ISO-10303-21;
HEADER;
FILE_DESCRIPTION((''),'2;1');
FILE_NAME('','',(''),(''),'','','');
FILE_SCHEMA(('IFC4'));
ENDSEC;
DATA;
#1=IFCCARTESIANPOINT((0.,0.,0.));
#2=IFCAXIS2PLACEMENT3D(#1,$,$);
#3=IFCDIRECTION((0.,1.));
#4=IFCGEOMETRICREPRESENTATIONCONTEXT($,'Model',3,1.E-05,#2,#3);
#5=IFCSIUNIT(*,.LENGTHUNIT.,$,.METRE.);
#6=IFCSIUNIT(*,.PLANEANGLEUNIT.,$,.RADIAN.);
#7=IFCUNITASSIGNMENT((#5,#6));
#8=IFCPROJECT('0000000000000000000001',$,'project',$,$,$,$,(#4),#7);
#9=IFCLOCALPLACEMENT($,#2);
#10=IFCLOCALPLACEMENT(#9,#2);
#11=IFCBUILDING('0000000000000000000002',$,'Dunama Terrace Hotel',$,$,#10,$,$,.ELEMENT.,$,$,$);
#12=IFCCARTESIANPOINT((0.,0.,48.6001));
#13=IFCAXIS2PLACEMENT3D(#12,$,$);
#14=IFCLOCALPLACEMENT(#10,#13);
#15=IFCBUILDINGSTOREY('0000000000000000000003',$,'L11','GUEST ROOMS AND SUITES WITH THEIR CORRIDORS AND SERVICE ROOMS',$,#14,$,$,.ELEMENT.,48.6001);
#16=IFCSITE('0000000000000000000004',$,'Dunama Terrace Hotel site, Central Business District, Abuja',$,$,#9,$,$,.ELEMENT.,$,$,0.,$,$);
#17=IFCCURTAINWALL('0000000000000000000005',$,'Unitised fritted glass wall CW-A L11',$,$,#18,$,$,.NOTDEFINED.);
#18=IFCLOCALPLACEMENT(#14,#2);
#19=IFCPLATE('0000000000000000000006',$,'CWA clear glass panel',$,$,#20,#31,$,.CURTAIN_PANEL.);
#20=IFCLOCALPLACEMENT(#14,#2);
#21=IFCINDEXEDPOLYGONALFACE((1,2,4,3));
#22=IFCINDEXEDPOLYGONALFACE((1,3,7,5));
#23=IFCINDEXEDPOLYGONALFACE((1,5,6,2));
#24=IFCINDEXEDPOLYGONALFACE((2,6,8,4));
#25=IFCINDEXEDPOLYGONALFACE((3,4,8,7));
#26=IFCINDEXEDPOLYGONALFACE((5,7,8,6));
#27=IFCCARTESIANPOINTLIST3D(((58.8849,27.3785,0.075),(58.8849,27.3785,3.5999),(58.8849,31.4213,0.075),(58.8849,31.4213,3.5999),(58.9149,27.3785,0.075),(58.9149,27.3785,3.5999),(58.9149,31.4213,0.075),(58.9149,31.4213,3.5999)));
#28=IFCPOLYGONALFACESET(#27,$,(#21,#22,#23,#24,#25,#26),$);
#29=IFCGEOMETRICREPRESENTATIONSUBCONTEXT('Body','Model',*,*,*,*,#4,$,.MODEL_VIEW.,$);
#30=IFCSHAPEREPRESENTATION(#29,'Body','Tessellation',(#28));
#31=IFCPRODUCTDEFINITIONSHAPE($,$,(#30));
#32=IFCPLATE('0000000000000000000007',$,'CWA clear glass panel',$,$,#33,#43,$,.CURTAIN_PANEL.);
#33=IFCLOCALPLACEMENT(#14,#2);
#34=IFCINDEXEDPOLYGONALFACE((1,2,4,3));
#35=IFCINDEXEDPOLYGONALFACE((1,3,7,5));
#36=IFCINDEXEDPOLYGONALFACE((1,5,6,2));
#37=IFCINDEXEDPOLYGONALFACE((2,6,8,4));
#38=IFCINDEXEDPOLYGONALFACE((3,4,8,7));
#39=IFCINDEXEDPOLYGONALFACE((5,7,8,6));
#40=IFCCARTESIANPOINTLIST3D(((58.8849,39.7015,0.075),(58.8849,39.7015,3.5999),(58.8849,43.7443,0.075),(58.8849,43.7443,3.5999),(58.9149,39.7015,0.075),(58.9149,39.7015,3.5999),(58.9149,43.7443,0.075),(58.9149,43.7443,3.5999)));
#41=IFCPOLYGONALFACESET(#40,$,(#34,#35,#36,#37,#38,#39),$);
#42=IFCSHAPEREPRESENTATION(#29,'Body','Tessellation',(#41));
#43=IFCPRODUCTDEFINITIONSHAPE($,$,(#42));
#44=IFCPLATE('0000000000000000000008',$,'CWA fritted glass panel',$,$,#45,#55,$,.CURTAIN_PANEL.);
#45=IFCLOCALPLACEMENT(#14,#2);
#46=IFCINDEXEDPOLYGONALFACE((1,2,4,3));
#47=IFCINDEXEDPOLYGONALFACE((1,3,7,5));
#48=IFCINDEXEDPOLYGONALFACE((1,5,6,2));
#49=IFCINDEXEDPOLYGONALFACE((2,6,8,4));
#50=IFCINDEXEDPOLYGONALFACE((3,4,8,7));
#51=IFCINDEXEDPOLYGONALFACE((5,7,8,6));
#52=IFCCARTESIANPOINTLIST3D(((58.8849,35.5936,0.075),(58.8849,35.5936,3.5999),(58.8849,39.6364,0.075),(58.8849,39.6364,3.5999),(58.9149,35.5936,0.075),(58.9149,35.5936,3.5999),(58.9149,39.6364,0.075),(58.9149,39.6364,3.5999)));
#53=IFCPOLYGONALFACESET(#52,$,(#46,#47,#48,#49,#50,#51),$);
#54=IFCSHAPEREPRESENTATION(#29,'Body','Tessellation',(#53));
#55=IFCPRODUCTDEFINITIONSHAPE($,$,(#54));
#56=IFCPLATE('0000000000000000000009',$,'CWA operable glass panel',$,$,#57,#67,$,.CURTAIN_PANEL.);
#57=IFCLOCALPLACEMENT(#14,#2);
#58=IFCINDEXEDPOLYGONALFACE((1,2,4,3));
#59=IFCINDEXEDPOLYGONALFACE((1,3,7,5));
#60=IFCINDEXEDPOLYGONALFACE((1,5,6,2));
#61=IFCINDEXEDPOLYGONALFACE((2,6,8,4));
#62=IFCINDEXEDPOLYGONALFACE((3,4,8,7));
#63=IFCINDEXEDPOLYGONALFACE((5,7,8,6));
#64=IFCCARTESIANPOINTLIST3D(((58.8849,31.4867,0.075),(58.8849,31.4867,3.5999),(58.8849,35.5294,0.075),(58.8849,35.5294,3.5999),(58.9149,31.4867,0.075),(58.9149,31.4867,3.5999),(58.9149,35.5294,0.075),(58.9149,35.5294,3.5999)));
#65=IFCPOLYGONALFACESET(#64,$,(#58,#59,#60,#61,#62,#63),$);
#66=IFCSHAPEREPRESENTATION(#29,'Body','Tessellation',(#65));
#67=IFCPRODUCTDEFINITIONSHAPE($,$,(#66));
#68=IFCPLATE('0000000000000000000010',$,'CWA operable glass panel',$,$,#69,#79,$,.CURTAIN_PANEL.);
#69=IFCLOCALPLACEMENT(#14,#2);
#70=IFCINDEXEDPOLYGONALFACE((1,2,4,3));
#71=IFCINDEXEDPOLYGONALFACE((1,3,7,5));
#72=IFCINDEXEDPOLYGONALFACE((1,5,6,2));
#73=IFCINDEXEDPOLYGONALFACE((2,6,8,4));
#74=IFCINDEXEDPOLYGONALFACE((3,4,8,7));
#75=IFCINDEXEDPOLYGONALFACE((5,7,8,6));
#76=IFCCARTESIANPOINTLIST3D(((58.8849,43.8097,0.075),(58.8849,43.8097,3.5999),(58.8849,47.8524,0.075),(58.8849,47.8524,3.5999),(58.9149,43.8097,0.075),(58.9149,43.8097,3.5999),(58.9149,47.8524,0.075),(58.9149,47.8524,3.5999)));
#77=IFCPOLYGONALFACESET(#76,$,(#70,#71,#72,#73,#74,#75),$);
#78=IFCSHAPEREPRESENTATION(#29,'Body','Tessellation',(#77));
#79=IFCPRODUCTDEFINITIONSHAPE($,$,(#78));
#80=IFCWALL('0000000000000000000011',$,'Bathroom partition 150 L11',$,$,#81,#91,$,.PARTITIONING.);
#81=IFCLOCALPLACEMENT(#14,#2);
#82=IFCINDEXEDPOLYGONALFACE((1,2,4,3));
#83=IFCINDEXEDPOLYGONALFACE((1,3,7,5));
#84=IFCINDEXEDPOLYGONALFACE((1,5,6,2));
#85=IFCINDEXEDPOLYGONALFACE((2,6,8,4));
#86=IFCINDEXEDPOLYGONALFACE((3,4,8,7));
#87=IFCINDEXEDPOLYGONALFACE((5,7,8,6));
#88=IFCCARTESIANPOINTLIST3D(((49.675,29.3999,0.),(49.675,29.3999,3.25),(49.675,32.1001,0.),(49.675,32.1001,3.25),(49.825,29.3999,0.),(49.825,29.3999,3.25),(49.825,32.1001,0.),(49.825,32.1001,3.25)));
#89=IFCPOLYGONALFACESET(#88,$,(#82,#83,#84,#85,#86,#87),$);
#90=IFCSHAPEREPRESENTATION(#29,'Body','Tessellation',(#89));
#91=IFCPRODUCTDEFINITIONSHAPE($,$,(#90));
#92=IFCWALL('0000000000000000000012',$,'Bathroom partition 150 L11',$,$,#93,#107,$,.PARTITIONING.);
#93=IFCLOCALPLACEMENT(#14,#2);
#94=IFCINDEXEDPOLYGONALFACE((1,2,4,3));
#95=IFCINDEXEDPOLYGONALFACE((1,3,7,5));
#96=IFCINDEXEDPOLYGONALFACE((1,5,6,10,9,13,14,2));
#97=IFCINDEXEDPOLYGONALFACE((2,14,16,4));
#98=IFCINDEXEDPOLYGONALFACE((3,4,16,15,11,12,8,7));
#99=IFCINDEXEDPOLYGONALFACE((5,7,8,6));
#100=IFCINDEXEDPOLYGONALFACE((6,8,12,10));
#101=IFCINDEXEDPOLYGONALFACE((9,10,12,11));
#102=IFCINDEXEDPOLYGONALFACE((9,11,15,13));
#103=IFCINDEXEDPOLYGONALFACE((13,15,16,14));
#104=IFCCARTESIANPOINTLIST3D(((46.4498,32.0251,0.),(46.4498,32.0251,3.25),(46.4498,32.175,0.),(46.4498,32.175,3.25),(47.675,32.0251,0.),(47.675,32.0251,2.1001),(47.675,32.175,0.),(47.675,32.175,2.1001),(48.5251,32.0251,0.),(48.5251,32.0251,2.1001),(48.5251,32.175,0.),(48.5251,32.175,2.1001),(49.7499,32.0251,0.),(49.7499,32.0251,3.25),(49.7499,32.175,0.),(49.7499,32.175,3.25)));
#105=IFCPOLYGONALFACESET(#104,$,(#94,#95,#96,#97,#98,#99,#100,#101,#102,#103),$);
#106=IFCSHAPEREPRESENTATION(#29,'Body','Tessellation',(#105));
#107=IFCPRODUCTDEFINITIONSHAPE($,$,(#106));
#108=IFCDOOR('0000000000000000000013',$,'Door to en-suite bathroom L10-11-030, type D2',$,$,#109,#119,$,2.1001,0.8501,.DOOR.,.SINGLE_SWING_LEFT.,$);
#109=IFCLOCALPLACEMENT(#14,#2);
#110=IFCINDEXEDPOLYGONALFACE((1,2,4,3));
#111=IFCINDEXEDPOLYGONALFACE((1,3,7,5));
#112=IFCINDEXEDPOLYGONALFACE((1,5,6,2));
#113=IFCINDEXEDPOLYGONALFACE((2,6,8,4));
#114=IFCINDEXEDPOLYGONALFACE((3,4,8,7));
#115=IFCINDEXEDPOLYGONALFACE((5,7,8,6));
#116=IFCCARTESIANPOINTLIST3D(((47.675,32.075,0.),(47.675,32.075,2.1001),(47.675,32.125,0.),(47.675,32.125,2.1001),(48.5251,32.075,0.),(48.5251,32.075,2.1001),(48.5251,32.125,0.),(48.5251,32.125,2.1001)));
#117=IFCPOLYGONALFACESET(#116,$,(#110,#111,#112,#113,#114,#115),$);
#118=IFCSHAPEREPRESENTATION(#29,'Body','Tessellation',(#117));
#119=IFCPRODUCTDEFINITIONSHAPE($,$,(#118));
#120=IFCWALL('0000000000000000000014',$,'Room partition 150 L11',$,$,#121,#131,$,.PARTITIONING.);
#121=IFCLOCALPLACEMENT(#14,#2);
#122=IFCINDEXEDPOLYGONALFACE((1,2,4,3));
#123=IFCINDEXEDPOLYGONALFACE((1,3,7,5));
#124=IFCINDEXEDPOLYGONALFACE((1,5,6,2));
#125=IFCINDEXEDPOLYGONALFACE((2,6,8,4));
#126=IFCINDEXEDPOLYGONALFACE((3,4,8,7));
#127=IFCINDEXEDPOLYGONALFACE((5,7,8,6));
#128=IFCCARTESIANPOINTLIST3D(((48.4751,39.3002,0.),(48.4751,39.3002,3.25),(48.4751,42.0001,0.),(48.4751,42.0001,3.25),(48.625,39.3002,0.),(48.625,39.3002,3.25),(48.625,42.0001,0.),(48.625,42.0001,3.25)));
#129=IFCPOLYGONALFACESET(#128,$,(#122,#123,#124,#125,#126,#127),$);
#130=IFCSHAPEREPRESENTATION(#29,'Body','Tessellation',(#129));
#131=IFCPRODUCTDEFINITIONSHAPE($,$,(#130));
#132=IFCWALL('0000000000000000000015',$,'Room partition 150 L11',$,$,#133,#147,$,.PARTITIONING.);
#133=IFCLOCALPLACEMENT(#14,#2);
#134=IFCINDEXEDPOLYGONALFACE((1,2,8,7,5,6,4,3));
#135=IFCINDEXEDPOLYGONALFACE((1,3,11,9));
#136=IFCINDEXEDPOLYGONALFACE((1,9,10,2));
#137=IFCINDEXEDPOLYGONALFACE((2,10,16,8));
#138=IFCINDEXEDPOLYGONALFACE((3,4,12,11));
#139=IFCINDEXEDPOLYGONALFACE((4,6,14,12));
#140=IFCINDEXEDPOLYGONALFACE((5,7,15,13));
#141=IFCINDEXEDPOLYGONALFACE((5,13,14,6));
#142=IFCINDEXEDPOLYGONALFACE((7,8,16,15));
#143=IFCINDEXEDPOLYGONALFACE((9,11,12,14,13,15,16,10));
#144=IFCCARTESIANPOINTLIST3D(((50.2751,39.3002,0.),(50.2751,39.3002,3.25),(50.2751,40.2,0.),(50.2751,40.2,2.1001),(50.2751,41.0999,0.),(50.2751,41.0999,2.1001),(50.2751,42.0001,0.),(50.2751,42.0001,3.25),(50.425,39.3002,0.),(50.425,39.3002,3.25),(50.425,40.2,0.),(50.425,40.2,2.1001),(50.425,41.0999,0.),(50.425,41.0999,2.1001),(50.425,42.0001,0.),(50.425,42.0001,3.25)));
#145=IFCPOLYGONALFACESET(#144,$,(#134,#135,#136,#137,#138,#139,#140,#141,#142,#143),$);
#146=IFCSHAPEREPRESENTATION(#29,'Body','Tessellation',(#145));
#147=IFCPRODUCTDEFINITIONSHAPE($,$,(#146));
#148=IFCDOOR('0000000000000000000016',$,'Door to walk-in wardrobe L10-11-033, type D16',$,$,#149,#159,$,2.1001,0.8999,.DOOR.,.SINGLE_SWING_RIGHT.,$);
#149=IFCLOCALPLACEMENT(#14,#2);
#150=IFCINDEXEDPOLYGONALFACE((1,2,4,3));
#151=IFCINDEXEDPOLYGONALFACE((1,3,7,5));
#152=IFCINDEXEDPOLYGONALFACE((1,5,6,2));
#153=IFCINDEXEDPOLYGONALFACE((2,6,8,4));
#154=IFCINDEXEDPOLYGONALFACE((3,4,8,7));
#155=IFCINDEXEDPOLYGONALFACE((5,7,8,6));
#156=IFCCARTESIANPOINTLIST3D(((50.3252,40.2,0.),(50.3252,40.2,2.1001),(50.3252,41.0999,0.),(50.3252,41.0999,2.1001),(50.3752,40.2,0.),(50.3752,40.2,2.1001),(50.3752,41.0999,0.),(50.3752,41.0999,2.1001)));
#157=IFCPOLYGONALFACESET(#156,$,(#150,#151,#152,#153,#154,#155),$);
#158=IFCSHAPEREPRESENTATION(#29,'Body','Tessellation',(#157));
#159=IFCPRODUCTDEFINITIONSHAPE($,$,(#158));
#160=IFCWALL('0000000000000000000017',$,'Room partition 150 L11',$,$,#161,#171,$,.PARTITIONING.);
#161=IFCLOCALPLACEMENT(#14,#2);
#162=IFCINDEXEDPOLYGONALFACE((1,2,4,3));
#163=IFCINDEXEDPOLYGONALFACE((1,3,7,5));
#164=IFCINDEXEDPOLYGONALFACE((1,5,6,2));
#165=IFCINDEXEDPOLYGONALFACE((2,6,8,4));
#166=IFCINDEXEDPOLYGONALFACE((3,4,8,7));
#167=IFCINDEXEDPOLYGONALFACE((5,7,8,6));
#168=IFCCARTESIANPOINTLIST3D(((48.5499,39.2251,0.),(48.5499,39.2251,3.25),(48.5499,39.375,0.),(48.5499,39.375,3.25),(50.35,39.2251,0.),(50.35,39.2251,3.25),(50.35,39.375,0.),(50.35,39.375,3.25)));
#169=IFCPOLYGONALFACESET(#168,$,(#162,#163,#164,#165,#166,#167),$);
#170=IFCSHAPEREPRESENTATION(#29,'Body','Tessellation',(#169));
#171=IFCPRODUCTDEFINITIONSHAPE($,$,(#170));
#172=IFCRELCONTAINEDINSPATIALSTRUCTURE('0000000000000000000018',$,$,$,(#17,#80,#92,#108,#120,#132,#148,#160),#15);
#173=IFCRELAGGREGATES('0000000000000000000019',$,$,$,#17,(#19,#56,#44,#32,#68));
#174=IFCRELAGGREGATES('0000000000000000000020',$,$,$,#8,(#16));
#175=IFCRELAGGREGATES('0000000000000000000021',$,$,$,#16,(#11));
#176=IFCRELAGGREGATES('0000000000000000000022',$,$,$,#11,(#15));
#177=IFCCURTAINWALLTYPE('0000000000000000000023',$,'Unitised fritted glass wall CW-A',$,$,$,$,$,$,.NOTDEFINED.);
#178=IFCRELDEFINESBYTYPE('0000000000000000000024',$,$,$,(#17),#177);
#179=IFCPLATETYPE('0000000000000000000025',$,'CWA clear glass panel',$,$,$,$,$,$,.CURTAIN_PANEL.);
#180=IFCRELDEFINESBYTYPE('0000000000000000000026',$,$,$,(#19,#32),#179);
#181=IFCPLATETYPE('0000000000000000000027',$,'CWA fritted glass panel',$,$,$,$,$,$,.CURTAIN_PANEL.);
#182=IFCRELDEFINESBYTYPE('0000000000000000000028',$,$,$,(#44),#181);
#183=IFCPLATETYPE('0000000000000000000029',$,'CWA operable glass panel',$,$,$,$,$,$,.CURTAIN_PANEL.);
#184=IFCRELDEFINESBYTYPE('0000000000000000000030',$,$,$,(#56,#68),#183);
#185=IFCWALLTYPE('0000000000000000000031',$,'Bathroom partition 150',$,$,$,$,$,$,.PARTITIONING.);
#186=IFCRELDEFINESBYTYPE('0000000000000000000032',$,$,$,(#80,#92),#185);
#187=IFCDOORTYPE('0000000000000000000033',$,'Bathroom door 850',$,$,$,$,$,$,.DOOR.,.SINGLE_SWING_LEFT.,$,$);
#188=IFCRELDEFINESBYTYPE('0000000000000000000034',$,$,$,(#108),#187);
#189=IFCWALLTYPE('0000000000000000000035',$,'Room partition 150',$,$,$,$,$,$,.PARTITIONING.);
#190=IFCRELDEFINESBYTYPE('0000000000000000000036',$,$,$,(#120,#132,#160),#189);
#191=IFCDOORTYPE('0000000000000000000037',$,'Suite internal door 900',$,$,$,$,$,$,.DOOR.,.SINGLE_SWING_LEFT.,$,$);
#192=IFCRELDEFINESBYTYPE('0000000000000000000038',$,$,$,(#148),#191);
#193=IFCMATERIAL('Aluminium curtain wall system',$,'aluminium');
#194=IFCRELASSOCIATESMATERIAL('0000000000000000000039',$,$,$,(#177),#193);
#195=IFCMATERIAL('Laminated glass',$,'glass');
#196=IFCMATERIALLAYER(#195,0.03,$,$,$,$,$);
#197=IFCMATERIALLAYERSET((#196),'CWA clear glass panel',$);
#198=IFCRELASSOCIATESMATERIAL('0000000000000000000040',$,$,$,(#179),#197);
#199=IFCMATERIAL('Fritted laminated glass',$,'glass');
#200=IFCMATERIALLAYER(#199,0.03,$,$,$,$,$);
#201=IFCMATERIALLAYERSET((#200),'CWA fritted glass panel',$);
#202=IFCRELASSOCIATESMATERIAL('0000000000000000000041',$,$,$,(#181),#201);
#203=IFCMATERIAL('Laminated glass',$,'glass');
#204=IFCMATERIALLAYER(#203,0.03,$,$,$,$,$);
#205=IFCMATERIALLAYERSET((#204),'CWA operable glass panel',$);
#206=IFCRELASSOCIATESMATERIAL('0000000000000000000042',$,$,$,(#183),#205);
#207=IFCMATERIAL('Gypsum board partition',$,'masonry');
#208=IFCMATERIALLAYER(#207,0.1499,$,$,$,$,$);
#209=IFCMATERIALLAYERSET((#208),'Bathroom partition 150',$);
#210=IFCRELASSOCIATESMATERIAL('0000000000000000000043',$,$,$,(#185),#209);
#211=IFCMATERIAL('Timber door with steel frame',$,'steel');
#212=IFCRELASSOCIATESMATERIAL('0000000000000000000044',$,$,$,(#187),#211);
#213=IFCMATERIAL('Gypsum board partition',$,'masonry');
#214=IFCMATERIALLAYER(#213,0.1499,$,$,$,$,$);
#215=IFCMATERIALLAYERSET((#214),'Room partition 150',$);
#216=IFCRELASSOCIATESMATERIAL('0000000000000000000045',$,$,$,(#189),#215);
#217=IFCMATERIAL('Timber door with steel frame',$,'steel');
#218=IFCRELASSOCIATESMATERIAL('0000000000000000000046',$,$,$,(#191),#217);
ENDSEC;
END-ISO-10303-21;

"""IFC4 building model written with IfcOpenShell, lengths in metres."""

from ifc_helpers import new_model, si_unit, direction, frame, frame_2d, origin, origin_2d, place, context, subcontext, project, spatial, rectangle, extrude, material, layer, layer_set, type_object, element, fill, aggregate, save


model = new_model("IFC4")

# Units and contexts
model_context = context("Model", 3, precision=1e-05, world=origin(), true_north=direction((0.0, 1.0)))
body_context = subcontext(model_context, "Body", "Model", "MODEL_VIEW")
ifc_project = project(units=[si_unit("LENGTHUNIT", "METRE"), si_unit("PLANEANGLEUNIT", "RADIAN")], contexts=[model_context])

# Site, building, storey
site_placement = place(None, origin())
site = spatial("IfcSite", under=ifc_project, at=site_placement, Name="Dunama Terrace Hotel site, Central Business District, Abuja", CompositionType="ELEMENT", RefElevation=0.0)
building_placement = place(site_placement, origin())
building = spatial("IfcBuilding", under=site, at=building_placement, Name="Dunama Terrace Hotel", CompositionType="ELEMENT")
storey_placement = place(building_placement, frame((0.0, 0.0, 48.6001)))
storey = spatial("IfcBuildingStorey", under=building, at=storey_placement, Name="L11", Description="GUEST ROOMS AND SUITES WITH THEIR CORRIDORS AND SERVICE ROOMS", CompositionType="ELEMENT", Elevation=48.6001)

# Curtain wall
ifc_material_1 = material(Name="Aluminium curtain wall system", Category="aluminium")
curtain_wall_type = type_object("IfcCurtainWallType", Name="Unitised fritted glass wall CW-A", PredefinedType="NOTDEFINED", material=ifc_material_1)
curtain_wall_placement = place(storey_placement, origin())
curtain_wall = element("IfcCurtainWall", 1, at=curtain_wall_placement, inside=storey, type_object=curtain_wall_type, Name="Unitised fritted glass wall CW-A L11", PredefinedType="NOTDEFINED")

# Plates
ifc_material_2 = material(Name="Laminated glass", Category="glass")
ifc_layer_1 = layer(ifc_material_2, 0.03)
ifc_layer_set_1 = layer_set([ifc_layer_1], Name="CWA clear glass panel")
plate_type_1 = type_object("IfcPlateType", Name="CWA clear glass panel", PredefinedType="CURTAIN_PANEL", material=ifc_layer_set_1)
plate_1_placement = place(storey_placement, frame((58.8999, 29.3999, 0.075), z_axis=(0.0, 0.0, 1.0), x_axis=(0.0, 1.0, 0.0)))
plate_1 = element("IfcPlate", 2, at=plate_1_placement, type_object=plate_type_1, Name="CWA clear glass panel", PredefinedType="CURTAIN_PANEL", context=body_context, shape_type="SweptSolid", body=[
    extrude(rectangle(XDim=4.0427, YDim=0.03, at=origin_2d()), origin(), (0.0, 0.0, 1.0), 3.5249),
])
plate_2_placement = place(storey_placement, frame((58.8999, 41.7229, 0.075), z_axis=(0.0, 0.0, 1.0), x_axis=(0.0, 1.0, 0.0)))
plate_2 = element("IfcPlate", 3, at=plate_2_placement, type_object=plate_type_1, Name="CWA clear glass panel", PredefinedType="CURTAIN_PANEL", context=body_context, shape_type="SweptSolid", body=[
    extrude(rectangle(XDim=4.0427, YDim=0.03, at=origin_2d()), origin(), (0.0, 0.0, 1.0), 3.5249),
])
ifc_material_3 = material(Name="Fritted laminated glass", Category="glass")
ifc_layer_2 = layer(ifc_material_3, 0.03)
ifc_layer_set_2 = layer_set([ifc_layer_2], Name="CWA fritted glass panel")
plate_type_2 = type_object("IfcPlateType", Name="CWA fritted glass panel", PredefinedType="CURTAIN_PANEL", material=ifc_layer_set_2)
plate_3_placement = place(storey_placement, frame((58.8999, 37.615, 0.075), z_axis=(0.0, 0.0, 1.0), x_axis=(0.0, 1.0, 0.0)))
plate_3 = element("IfcPlate", 4, at=plate_3_placement, type_object=plate_type_2, Name="CWA fritted glass panel", PredefinedType="CURTAIN_PANEL", context=body_context, shape_type="SweptSolid", body=[
    extrude(rectangle(XDim=4.0427, YDim=0.03, at=origin_2d()), origin(), (0.0, 0.0, 1.0), 3.5249),
])
ifc_material_4 = material(Name="Laminated glass", Category="glass")
ifc_layer_3 = layer(ifc_material_4, 0.03)
ifc_layer_set_3 = layer_set([ifc_layer_3], Name="CWA operable glass panel")
plate_type_3 = type_object("IfcPlateType", Name="CWA operable glass panel", PredefinedType="CURTAIN_PANEL", material=ifc_layer_set_3)
plate_4_placement = place(storey_placement, frame((58.8999, 33.5081, 0.075), z_axis=(0.0, 0.0, 1.0), x_axis=(0.0, 1.0, 0.0)))
plate_4 = element("IfcPlate", 5, at=plate_4_placement, type_object=plate_type_3, Name="CWA operable glass panel", PredefinedType="CURTAIN_PANEL", context=body_context, shape_type="SweptSolid", body=[
    extrude(rectangle(XDim=4.0427, YDim=0.03, at=origin_2d()), origin(), (0.0, 0.0, 1.0), 3.5249),
])
plate_5_placement = place(storey_placement, frame((58.8999, 45.8311, 0.075), z_axis=(0.0, 0.0, 1.0), x_axis=(0.0, 1.0, 0.0)))
plate_5 = element("IfcPlate", 6, at=plate_5_placement, type_object=plate_type_3, Name="CWA operable glass panel", PredefinedType="CURTAIN_PANEL", context=body_context, shape_type="SweptSolid", body=[
    extrude(rectangle(XDim=4.0427, YDim=0.03, at=origin_2d()), origin(), (0.0, 0.0, 1.0), 3.5249),
])
aggregate(curtain_wall, [plate_1, plate_4, plate_3, plate_2, plate_5])

# Wall
ifc_material_5 = material(Name="Gypsum board partition", Category="masonry")
ifc_layer_4 = layer(ifc_material_5, 0.1499)
ifc_layer_set_4 = layer_set([ifc_layer_4], Name="Bathroom partition 150")
wall_type_1 = type_object("IfcWallType", Name="Bathroom partition 150", PredefinedType="PARTITIONING", material=ifc_layer_set_4)
wall_1_placement = place(storey_placement, frame((49.75, 29.3999, 0.0), z_axis=(0.0, 0.0, 1.0), x_axis=(0.0, 1.0, 0.0)))
element("IfcWall", 7, at=wall_1_placement, inside=storey, type_object=wall_type_1, Name="Bathroom partition 150 L11", PredefinedType="PARTITIONING", context=body_context, shape_type="SweptSolid", body=[
    extrude(rectangle(XDim=2.7002, YDim=0.1499, at=frame_2d((1.3501, 0.0))), origin(), (0.0, 0.0, 1.0), 3.25),
])

# Wall, opening, door
wall_2_placement = place(storey_placement, frame((46.45, 32.1001, 0.0), z_axis=(0.0, 0.0, 1.0), x_axis=(1.0, 0.0, 0.0)))
wall_2 = element("IfcWall", 8, at=wall_2_placement, inside=storey, type_object=wall_type_1, Name="Bathroom partition 150 L11", PredefinedType="PARTITIONING", context=body_context, shape_type="SweptSolid", body=[
    extrude(rectangle(XDim=3.3, YDim=0.1499, at=frame_2d((1.6499, 0.0))), origin(), (0.0, 0.0, 1.0), 3.25),
])
opening_1_placement = place(wall_2_placement, frame((1.2251, 0.0, 0.0)))
opening_1 = element("IfcOpeningElement", 9, at=opening_1_placement, cuts=wall_2, PredefinedType="OPENING", context=body_context, shape_type="SweptSolid", body=[
    extrude(rectangle(XDim=0.8501, YDim=2.1001, at=frame_2d((0.425, 1.05))), frame((0.0, 0.085, 0.0), z_axis=(0.0, -1.0, 0.0), x_axis=(1.0, 0.0, 0.0)), (0.0, 0.0, 1.0), 0.1699),
])
ifc_material_6 = material(Name="Timber door with steel frame", Category="steel")
door_type_1 = type_object("IfcDoorType", Name="Bathroom door 850", OperationType="SINGLE_SWING_LEFT", PredefinedType="DOOR", material=ifc_material_6)
door_1_placement = place(opening_1_placement, frame((0.8501, 0.0, 0.0), z_axis=(0.0, 0.0, 1.0), x_axis=(-1.0, 0.0, 0.0)))
door_1 = element("IfcDoor", 10, at=door_1_placement, inside=storey, type_object=door_type_1, Name="Door to en-suite bathroom L10-11-030, type D2", OperationType="SINGLE_SWING_LEFT", OverallHeight=2.1001, OverallWidth=0.8501, PredefinedType="DOOR", context=body_context, shape_type="SweptSolid", body=[
    extrude(rectangle(XDim=0.8501, YDim=2.1001, at=frame_2d((0.425, 1.05))), frame((0.0, 0.0251, 0.0), z_axis=(0.0, -1.0, 0.0), x_axis=(1.0, 0.0, 0.0)), (0.0, 0.0, 1.0), 0.05),
])
fill(opening_1, door_1)

# Wall
ifc_material_7 = material(Name="Gypsum board partition", Category="masonry")
ifc_layer_5 = layer(ifc_material_7, 0.1499)
ifc_layer_set_5 = layer_set([ifc_layer_5], Name="Room partition 150")
wall_type_2 = type_object("IfcWallType", Name="Room partition 150", PredefinedType="PARTITIONING", material=ifc_layer_set_5)
wall_3_placement = place(storey_placement, frame((48.55, 39.3, 0.0), z_axis=(0.0, 0.0, 1.0), x_axis=(0.0, 1.0, 0.0)))
element("IfcWall", 11, at=wall_3_placement, inside=storey, type_object=wall_type_2, Name="Room partition 150 L11", PredefinedType="PARTITIONING", context=body_context, shape_type="SweptSolid", body=[
    extrude(rectangle(XDim=2.7, YDim=0.1499, at=frame_2d((1.3501, 0.0))), origin(), (0.0, 0.0, 1.0), 3.25),
])

# Wall, opening, door
wall_4_placement = place(storey_placement, frame((50.3501, 39.3, 0.0), z_axis=(0.0, 0.0, 1.0), x_axis=(0.0, 1.0, 0.0)))
wall_4 = element("IfcWall", 12, at=wall_4_placement, inside=storey, type_object=wall_type_2, Name="Room partition 150 L11", PredefinedType="PARTITIONING", context=body_context, shape_type="SweptSolid", body=[
    extrude(rectangle(XDim=2.7, YDim=0.1499, at=frame_2d((1.3501, 0.0))), origin(), (0.0, 0.0, 1.0), 3.25),
])
opening_2_placement = place(wall_4_placement, frame((0.8999, 0.0, 0.0)))
opening_2 = element("IfcOpeningElement", 13, at=opening_2_placement, cuts=wall_4, PredefinedType="OPENING", context=body_context, shape_type="SweptSolid", body=[
    extrude(rectangle(XDim=0.8999, YDim=2.1001, at=frame_2d((0.45, 1.05))), frame((0.0, 0.085, 0.0), z_axis=(0.0, -1.0, 0.0), x_axis=(1.0, 0.0, 0.0)), (0.0, 0.0, 1.0), 0.1699),
])
ifc_material_8 = material(Name="Timber door with steel frame", Category="steel")
door_type_2 = type_object("IfcDoorType", Name="Suite internal door 900", OperationType="SINGLE_SWING_LEFT", PredefinedType="DOOR", material=ifc_material_8)
door_2_placement = place(opening_2_placement, origin())
door_2 = element("IfcDoor", 14, at=door_2_placement, inside=storey, type_object=door_type_2, Name="Door to walk-in wardrobe L10-11-033, type D16", OperationType="SINGLE_SWING_RIGHT", OverallHeight=2.1001, OverallWidth=0.8999, PredefinedType="DOOR", context=body_context, shape_type="SweptSolid", body=[
    extrude(rectangle(XDim=0.8999, YDim=2.1001, at=frame_2d((0.45, 1.05))), frame((0.0, 0.0249, 0.0), z_axis=(0.0, -1.0, 0.0), x_axis=(1.0, 0.0, 0.0)), (0.0, 0.0, 1.0), 0.05),
])
fill(opening_2, door_2)

# Wall
wall_5_placement = place(storey_placement, frame((48.55, 39.3, 0.0), z_axis=(0.0, 0.0, 1.0), x_axis=(1.0, 0.0, 0.0)))
element("IfcWall", 15, at=wall_5_placement, inside=storey, type_object=wall_type_2, Name="Room partition 150 L11", PredefinedType="PARTITIONING", context=body_context, shape_type="SweptSolid", body=[
    extrude(rectangle(XDim=1.8, YDim=0.1499, at=frame_2d((0.8999, 0.0))), origin(), (0.0, 0.0, 1.0), 3.25),
])

save(model, "model.ifc")
